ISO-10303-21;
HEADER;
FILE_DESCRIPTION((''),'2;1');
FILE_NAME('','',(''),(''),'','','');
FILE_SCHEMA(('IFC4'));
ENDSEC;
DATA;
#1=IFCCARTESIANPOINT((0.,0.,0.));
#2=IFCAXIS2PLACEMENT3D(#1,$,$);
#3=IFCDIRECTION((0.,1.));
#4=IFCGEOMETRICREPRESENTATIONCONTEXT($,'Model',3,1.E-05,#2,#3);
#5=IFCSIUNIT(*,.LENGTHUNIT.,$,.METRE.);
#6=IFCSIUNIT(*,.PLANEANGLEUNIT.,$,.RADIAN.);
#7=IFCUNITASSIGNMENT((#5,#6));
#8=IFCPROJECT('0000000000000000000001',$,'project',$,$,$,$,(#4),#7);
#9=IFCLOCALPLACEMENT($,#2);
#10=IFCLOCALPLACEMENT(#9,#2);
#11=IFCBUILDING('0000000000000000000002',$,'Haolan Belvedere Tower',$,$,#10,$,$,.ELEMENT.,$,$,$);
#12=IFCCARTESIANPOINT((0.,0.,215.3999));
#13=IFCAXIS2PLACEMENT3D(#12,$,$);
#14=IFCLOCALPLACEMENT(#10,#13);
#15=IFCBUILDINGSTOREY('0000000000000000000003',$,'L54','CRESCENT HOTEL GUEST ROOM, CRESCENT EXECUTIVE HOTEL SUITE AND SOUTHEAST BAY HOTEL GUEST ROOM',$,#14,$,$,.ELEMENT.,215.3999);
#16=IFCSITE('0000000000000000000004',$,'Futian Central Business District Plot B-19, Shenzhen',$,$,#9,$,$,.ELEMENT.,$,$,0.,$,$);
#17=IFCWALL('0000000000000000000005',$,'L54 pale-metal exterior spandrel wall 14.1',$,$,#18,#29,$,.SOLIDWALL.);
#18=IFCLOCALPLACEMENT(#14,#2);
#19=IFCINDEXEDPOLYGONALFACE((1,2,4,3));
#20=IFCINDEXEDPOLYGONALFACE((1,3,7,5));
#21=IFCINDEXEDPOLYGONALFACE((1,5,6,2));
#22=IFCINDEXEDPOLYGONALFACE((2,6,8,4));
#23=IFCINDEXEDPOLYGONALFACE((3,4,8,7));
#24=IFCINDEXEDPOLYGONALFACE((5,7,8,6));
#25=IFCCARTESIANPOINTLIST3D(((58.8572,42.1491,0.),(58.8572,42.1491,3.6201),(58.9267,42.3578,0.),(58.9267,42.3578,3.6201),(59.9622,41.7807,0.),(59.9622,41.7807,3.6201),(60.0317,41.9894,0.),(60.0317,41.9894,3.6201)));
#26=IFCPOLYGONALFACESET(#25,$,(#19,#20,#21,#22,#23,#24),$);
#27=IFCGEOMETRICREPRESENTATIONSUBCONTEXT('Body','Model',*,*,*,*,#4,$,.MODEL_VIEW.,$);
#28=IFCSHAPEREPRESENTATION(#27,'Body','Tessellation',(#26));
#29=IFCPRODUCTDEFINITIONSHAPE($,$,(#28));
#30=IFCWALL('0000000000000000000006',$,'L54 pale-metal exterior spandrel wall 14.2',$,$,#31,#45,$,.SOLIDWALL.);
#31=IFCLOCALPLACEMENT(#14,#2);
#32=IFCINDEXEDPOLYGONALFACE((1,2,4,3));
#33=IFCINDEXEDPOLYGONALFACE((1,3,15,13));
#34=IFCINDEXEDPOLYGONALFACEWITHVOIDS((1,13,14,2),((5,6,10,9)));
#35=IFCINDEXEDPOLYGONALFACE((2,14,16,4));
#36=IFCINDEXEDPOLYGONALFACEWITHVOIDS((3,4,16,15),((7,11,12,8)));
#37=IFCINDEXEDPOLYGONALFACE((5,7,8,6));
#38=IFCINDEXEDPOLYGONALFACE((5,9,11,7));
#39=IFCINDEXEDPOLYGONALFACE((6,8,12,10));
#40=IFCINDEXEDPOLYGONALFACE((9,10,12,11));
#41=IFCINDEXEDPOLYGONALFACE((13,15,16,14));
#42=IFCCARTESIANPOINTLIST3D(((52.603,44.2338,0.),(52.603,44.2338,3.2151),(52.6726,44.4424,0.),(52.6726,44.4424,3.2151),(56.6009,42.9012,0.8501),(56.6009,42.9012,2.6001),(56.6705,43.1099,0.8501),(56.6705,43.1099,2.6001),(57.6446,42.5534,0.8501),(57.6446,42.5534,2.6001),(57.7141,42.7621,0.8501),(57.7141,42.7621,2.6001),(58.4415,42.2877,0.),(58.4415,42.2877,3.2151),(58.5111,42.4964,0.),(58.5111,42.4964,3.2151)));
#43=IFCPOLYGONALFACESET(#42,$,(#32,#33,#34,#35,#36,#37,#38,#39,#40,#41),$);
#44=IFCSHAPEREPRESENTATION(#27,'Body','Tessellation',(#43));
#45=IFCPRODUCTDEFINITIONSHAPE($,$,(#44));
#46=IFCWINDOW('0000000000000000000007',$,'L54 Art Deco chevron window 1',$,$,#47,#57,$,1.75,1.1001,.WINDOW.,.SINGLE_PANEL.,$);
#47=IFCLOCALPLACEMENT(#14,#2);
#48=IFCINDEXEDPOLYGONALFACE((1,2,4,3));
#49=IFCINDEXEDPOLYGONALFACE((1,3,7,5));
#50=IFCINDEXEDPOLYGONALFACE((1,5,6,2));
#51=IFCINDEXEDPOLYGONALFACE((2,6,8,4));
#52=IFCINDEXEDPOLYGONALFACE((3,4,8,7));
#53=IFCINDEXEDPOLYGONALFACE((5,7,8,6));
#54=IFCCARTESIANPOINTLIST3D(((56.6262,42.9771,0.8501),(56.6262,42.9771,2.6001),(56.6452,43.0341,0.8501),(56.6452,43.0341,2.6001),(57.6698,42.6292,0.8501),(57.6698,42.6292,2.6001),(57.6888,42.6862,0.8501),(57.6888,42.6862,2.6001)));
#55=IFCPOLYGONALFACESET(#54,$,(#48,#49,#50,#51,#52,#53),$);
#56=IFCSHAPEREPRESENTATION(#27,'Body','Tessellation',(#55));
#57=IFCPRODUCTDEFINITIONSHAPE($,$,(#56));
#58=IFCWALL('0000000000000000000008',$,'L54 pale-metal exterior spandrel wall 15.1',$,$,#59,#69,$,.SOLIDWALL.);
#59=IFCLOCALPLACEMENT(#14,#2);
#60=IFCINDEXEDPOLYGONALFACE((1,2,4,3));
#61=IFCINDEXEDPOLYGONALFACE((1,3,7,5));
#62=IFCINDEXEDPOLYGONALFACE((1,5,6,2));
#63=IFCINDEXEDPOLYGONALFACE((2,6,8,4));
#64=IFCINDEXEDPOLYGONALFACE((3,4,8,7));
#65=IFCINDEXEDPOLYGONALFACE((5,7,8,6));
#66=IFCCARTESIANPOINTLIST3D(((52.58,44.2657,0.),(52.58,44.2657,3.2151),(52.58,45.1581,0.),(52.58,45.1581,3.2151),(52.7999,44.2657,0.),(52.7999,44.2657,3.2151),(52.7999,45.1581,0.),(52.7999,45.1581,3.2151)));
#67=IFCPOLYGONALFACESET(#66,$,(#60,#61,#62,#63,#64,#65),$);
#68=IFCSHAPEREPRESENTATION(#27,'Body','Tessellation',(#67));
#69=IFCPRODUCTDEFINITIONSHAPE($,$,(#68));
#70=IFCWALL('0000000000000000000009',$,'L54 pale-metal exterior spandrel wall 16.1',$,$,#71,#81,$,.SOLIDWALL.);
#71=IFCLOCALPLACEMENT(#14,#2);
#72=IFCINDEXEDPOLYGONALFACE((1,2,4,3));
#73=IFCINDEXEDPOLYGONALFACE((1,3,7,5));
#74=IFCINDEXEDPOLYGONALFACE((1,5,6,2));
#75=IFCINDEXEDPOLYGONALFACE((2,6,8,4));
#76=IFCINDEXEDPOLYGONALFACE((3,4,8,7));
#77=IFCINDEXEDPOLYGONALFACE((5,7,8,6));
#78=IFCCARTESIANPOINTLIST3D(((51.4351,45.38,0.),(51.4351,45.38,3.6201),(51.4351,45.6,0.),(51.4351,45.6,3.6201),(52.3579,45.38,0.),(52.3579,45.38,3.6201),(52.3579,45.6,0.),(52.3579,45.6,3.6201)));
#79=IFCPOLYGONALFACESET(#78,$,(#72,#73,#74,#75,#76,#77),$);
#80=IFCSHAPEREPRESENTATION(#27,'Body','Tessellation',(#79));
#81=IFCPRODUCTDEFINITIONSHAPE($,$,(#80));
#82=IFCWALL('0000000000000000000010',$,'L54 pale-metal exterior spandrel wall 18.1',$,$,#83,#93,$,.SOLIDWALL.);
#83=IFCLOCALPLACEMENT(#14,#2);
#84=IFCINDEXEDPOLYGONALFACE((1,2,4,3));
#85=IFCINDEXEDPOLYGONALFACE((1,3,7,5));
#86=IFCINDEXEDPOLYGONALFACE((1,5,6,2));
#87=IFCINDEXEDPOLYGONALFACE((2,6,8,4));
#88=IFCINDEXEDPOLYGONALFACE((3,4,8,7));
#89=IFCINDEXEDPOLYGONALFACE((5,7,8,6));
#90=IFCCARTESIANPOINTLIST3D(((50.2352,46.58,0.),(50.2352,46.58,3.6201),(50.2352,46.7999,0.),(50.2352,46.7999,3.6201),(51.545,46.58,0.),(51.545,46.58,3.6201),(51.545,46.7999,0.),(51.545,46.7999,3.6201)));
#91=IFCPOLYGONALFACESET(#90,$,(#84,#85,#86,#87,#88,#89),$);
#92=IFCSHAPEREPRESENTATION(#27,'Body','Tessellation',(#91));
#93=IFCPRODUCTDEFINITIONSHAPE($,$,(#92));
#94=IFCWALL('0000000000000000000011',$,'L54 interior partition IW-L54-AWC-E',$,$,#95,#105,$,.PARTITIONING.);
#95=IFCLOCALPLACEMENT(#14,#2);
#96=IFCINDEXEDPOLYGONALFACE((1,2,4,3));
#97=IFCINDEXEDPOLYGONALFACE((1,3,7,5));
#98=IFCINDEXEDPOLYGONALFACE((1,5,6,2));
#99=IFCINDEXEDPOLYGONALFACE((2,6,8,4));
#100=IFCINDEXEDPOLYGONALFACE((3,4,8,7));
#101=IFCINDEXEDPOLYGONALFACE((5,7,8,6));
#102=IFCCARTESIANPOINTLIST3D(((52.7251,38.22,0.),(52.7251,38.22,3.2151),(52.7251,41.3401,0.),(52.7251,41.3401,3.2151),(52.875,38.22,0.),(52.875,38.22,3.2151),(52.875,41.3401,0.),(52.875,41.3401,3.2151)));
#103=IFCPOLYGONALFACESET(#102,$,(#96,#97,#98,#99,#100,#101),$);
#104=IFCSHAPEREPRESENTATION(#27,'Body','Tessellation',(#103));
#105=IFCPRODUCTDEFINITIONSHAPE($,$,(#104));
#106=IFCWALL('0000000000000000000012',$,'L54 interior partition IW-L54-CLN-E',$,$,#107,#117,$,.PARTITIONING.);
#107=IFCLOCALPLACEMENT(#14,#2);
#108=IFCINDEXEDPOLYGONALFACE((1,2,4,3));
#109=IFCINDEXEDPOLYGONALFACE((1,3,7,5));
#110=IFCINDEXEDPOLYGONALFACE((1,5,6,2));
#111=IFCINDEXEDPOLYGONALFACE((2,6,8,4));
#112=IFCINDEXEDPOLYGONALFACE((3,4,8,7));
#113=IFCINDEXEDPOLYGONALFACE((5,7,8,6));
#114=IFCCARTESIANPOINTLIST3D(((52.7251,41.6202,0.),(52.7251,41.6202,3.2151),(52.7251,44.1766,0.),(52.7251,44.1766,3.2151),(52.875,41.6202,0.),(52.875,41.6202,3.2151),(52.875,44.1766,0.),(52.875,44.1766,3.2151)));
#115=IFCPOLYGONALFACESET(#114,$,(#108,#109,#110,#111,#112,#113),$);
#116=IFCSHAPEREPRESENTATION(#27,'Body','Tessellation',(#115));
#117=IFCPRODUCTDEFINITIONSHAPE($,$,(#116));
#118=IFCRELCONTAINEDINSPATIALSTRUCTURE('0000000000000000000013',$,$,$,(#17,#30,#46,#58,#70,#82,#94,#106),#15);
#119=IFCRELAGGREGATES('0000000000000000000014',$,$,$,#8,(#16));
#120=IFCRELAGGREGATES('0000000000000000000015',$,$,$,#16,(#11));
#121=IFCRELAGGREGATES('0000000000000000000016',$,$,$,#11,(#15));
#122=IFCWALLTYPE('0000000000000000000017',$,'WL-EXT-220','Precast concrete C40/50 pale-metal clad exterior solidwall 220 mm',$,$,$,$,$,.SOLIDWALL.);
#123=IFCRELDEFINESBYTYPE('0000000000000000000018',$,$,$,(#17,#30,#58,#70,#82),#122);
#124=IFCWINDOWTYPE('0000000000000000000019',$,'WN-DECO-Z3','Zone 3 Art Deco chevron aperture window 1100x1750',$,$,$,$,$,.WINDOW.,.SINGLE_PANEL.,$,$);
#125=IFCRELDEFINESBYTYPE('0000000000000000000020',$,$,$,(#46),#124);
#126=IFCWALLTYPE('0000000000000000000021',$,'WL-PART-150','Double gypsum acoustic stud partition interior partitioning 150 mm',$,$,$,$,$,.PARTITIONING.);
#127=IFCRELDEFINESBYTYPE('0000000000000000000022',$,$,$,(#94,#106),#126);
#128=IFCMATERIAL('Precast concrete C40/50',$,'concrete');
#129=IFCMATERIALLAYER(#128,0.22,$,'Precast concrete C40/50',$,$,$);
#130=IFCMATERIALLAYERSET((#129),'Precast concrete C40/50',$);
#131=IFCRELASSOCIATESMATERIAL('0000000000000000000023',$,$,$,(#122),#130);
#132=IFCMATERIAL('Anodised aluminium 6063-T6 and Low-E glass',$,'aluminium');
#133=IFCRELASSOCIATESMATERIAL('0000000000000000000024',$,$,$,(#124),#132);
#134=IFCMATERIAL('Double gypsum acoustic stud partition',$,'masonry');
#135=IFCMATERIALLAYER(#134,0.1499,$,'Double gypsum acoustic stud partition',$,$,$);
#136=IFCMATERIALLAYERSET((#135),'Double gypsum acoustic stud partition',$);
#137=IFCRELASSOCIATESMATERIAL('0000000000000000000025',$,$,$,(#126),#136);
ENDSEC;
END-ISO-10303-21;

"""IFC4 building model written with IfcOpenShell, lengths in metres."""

from ifc_helpers import new_model, si_unit, direction, frame, frame_2d, origin, place, context, subcontext, project, spatial, rectangle, extrude, material, layer, layer_set, type_object, element, fill, save


model = new_model("IFC4")

# Units and contexts
model_context = context("Model", 3, precision=1e-05, world=origin(), true_north=direction((0.0, 1.0)))
body_context = subcontext(model_context, "Body", "Model", "MODEL_VIEW")
ifc_project = project(units=[si_unit("LENGTHUNIT", "METRE"), si_unit("PLANEANGLEUNIT", "RADIAN")], contexts=[model_context])

# Site, building, storey
site_placement = place(None, origin())
site = spatial("IfcSite", under=ifc_project, at=site_placement, Name="Futian Central Business District Plot B-19, Shenzhen", CompositionType="ELEMENT", RefElevation=0.0)
building_placement = place(site_placement, origin())
building = spatial("IfcBuilding", under=site, at=building_placement, Name="Haolan Belvedere Tower", CompositionType="ELEMENT")
storey_placement = place(building_placement, frame((0.0, 0.0, 215.3999)))
storey = spatial("IfcBuildingStorey", under=building, at=storey_placement, Name="L54", Description="CRESCENT HOTEL GUEST ROOM, CRESCENT EXECUTIVE HOTEL SUITE AND SOUTHEAST BAY HOTEL GUEST ROOM", CompositionType="ELEMENT", Elevation=215.3999)

# Shared definitions
ifc_material_1 = material(Name="Precast concrete C40/50", Category="concrete")
ifc_layer_1 = layer(ifc_material_1, 0.22, Name="Precast concrete C40/50")
ifc_layer_set_1 = layer_set([ifc_layer_1], Name="Precast concrete C40/50")
wall_type_1 = type_object("IfcWallType", Name="WL-EXT-220", Description="Precast concrete C40/50 pale-metal clad exterior solidwall 220 mm", PredefinedType="SOLIDWALL", material=ifc_layer_set_1)

# Shared definitions
ifc_material_2 = material(Name="Anodised aluminium 6063-T6 and Low-E glass", Category="aluminium")
window_type = type_object("IfcWindowType", Name="WN-DECO-Z3", Description="Zone 3 Art Deco chevron aperture window 1100x1750", PartitioningType="SINGLE_PANEL", PredefinedType="WINDOW", material=ifc_material_2)

# Wall
wall_1_placement = place(storey_placement, frame((59.9971, 41.885, 0.0), z_axis=(0.0, 0.0, 1.0), x_axis=(-0.948662, 0.316291, 0.0)))
element("IfcWall", 1, at=wall_1_placement, inside=storey, type_object=wall_type_1, Name="L54 pale-metal exterior spandrel wall 14.1", PredefinedType="SOLIDWALL", context=body_context, shape_type="SweptSolid", body=[
    extrude(rectangle(XDim=1.1648, YDim=0.22, at=frame_2d((0.5825, 0.0))), origin(), (0.0, 0.0, 1.0), 3.6201),
])

# Wall, opening, window
wall_2_placement = place(storey_placement, frame((58.4763, 42.3921, 0.0), z_axis=(0.0, 0.0, 1.0), x_axis=(-0.948691, 0.316204, 0.0)))
wall_2 = element("IfcWall", 2, at=wall_2_placement, inside=storey, type_object=wall_type_1, Name="L54 pale-metal exterior spandrel wall 14.2", PredefinedType="SOLIDWALL", context=body_context, shape_type="SweptSolid", body=[
    extrude(rectangle(XDim=6.1543, YDim=0.22, at=frame_2d((3.0771, 0.0))), origin(), (0.0, 0.0, 1.0), 3.2151),
])
opening_1_placement = place(wall_2_placement, frame((0.8401, 0.0, 0.8501)))
opening_1 = element("IfcOpeningElement", 3, at=opening_1_placement, cuts=wall_2, PredefinedType="OPENING", context=body_context, shape_type="SweptSolid", body=[
    extrude(rectangle(XDim=1.1001, YDim=1.75, at=frame_2d((0.55, 0.875))), frame((0.0, 0.1199, 0.0), z_axis=(0.0, -1.0, 0.0), x_axis=(1.0, 0.0, 0.0)), (0.0, 0.0, 1.0), 0.24),
])
window_1_placement = place(opening_1_placement, origin())
window_1 = element("IfcWindow", 4, at=window_1_placement, inside=storey, type_object=window_type, Name="L54 Art Deco chevron window 1", OverallHeight=1.75, OverallWidth=1.1001, PartitioningType="SINGLE_PANEL", PredefinedType="WINDOW", context=body_context, shape_type="SweptSolid", body=[
    extrude(rectangle(XDim=1.1001, YDim=1.75, at=frame_2d((0.55, 0.875))), frame((0.0, 0.03, 0.0), z_axis=(0.0, -1.0, 0.0), x_axis=(1.0, 0.0, 0.0)), (0.0, 0.0, 1.0), 0.0601),
])
fill(opening_1, window_1)

# Walls
wall_3_placement = place(storey_placement, frame((52.6899, 44.2656, 0.0), z_axis=(0.0, 0.0, 1.0), x_axis=(0.0, 1.0, 0.0)))
element("IfcWall", 5, at=wall_3_placement, inside=storey, type_object=wall_type_1, Name="L54 pale-metal exterior spandrel wall 15.1", PredefinedType="SOLIDWALL", context=body_context, shape_type="SweptSolid", body=[
    extrude(rectangle(XDim=0.8923, YDim=0.22, at=frame_2d((0.4463, 0.0))), origin(), (0.0, 0.0, 1.0), 3.2151),
])
wall_4_placement = place(storey_placement, frame((52.3579, 45.49, 0.0), z_axis=(0.0, 0.0, 1.0), x_axis=(-1.0, 0.0, 0.0)))
element("IfcWall", 6, at=wall_4_placement, inside=storey, type_object=wall_type_1, Name="L54 pale-metal exterior spandrel wall 16.1", PredefinedType="SOLIDWALL", context=body_context, shape_type="SweptSolid", body=[
    extrude(rectangle(XDim=0.9229, YDim=0.22, at=frame_2d((0.4614, 0.0))), origin(), (0.0, 0.0, 1.0), 3.6201),
])
wall_5_placement = place(storey_placement, frame((51.5449, 46.6899, 0.0), z_axis=(0.0, 0.0, 1.0), x_axis=(-1.0, 0.0, 0.0)))
element("IfcWall", 7, at=wall_5_placement, inside=storey, type_object=wall_type_1, Name="L54 pale-metal exterior spandrel wall 18.1", PredefinedType="SOLIDWALL", context=body_context, shape_type="SweptSolid", body=[
    extrude(rectangle(XDim=1.3098, YDim=0.22, at=frame_2d((0.6548, 0.0))), origin(), (0.0, 0.0, 1.0), 3.6201),
])
ifc_material_3 = material(Name="Double gypsum acoustic stud partition", Category="masonry")
ifc_layer_2 = layer(ifc_material_3, 0.1499, Name="Double gypsum acoustic stud partition")
ifc_layer_set_2 = layer_set([ifc_layer_2], Name="Double gypsum acoustic stud partition")
wall_type_2 = type_object("IfcWallType", Name="WL-PART-150", Description="Double gypsum acoustic stud partition interior partitioning 150 mm", PredefinedType="PARTITIONING", material=ifc_layer_set_2)
wall_6_placement = place(storey_placement, frame((52.8, 38.22, 0.0), z_axis=(0.0, 0.0, 1.0), x_axis=(0.0, 1.0, 0.0)))
element("IfcWall", 8, at=wall_6_placement, inside=storey, type_object=wall_type_2, Name="L54 interior partition IW-L54-AWC-E", PredefinedType="PARTITIONING", context=body_context, shape_type="SweptSolid", body=[
    extrude(rectangle(XDim=3.1201, YDim=0.1499, at=frame_2d((1.5601, 0.0))), origin(), (0.0, 0.0, 1.0), 3.2151),
])
wall_7_placement = place(storey_placement, frame((52.8, 41.6201, 0.0), z_axis=(0.0, 0.0, 1.0), x_axis=(0.0, 1.0, 0.0)))
element("IfcWall", 9, at=wall_7_placement, inside=storey, type_object=wall_type_2, Name="L54 interior partition IW-L54-CLN-E", PredefinedType="PARTITIONING", context=body_context, shape_type="SweptSolid", body=[
    extrude(rectangle(XDim=2.5564, YDim=0.1499, at=frame_2d((1.2783, 0.0))), origin(), (0.0, 0.0, 1.0), 3.2151),
])

save(model, "model.ifc")
